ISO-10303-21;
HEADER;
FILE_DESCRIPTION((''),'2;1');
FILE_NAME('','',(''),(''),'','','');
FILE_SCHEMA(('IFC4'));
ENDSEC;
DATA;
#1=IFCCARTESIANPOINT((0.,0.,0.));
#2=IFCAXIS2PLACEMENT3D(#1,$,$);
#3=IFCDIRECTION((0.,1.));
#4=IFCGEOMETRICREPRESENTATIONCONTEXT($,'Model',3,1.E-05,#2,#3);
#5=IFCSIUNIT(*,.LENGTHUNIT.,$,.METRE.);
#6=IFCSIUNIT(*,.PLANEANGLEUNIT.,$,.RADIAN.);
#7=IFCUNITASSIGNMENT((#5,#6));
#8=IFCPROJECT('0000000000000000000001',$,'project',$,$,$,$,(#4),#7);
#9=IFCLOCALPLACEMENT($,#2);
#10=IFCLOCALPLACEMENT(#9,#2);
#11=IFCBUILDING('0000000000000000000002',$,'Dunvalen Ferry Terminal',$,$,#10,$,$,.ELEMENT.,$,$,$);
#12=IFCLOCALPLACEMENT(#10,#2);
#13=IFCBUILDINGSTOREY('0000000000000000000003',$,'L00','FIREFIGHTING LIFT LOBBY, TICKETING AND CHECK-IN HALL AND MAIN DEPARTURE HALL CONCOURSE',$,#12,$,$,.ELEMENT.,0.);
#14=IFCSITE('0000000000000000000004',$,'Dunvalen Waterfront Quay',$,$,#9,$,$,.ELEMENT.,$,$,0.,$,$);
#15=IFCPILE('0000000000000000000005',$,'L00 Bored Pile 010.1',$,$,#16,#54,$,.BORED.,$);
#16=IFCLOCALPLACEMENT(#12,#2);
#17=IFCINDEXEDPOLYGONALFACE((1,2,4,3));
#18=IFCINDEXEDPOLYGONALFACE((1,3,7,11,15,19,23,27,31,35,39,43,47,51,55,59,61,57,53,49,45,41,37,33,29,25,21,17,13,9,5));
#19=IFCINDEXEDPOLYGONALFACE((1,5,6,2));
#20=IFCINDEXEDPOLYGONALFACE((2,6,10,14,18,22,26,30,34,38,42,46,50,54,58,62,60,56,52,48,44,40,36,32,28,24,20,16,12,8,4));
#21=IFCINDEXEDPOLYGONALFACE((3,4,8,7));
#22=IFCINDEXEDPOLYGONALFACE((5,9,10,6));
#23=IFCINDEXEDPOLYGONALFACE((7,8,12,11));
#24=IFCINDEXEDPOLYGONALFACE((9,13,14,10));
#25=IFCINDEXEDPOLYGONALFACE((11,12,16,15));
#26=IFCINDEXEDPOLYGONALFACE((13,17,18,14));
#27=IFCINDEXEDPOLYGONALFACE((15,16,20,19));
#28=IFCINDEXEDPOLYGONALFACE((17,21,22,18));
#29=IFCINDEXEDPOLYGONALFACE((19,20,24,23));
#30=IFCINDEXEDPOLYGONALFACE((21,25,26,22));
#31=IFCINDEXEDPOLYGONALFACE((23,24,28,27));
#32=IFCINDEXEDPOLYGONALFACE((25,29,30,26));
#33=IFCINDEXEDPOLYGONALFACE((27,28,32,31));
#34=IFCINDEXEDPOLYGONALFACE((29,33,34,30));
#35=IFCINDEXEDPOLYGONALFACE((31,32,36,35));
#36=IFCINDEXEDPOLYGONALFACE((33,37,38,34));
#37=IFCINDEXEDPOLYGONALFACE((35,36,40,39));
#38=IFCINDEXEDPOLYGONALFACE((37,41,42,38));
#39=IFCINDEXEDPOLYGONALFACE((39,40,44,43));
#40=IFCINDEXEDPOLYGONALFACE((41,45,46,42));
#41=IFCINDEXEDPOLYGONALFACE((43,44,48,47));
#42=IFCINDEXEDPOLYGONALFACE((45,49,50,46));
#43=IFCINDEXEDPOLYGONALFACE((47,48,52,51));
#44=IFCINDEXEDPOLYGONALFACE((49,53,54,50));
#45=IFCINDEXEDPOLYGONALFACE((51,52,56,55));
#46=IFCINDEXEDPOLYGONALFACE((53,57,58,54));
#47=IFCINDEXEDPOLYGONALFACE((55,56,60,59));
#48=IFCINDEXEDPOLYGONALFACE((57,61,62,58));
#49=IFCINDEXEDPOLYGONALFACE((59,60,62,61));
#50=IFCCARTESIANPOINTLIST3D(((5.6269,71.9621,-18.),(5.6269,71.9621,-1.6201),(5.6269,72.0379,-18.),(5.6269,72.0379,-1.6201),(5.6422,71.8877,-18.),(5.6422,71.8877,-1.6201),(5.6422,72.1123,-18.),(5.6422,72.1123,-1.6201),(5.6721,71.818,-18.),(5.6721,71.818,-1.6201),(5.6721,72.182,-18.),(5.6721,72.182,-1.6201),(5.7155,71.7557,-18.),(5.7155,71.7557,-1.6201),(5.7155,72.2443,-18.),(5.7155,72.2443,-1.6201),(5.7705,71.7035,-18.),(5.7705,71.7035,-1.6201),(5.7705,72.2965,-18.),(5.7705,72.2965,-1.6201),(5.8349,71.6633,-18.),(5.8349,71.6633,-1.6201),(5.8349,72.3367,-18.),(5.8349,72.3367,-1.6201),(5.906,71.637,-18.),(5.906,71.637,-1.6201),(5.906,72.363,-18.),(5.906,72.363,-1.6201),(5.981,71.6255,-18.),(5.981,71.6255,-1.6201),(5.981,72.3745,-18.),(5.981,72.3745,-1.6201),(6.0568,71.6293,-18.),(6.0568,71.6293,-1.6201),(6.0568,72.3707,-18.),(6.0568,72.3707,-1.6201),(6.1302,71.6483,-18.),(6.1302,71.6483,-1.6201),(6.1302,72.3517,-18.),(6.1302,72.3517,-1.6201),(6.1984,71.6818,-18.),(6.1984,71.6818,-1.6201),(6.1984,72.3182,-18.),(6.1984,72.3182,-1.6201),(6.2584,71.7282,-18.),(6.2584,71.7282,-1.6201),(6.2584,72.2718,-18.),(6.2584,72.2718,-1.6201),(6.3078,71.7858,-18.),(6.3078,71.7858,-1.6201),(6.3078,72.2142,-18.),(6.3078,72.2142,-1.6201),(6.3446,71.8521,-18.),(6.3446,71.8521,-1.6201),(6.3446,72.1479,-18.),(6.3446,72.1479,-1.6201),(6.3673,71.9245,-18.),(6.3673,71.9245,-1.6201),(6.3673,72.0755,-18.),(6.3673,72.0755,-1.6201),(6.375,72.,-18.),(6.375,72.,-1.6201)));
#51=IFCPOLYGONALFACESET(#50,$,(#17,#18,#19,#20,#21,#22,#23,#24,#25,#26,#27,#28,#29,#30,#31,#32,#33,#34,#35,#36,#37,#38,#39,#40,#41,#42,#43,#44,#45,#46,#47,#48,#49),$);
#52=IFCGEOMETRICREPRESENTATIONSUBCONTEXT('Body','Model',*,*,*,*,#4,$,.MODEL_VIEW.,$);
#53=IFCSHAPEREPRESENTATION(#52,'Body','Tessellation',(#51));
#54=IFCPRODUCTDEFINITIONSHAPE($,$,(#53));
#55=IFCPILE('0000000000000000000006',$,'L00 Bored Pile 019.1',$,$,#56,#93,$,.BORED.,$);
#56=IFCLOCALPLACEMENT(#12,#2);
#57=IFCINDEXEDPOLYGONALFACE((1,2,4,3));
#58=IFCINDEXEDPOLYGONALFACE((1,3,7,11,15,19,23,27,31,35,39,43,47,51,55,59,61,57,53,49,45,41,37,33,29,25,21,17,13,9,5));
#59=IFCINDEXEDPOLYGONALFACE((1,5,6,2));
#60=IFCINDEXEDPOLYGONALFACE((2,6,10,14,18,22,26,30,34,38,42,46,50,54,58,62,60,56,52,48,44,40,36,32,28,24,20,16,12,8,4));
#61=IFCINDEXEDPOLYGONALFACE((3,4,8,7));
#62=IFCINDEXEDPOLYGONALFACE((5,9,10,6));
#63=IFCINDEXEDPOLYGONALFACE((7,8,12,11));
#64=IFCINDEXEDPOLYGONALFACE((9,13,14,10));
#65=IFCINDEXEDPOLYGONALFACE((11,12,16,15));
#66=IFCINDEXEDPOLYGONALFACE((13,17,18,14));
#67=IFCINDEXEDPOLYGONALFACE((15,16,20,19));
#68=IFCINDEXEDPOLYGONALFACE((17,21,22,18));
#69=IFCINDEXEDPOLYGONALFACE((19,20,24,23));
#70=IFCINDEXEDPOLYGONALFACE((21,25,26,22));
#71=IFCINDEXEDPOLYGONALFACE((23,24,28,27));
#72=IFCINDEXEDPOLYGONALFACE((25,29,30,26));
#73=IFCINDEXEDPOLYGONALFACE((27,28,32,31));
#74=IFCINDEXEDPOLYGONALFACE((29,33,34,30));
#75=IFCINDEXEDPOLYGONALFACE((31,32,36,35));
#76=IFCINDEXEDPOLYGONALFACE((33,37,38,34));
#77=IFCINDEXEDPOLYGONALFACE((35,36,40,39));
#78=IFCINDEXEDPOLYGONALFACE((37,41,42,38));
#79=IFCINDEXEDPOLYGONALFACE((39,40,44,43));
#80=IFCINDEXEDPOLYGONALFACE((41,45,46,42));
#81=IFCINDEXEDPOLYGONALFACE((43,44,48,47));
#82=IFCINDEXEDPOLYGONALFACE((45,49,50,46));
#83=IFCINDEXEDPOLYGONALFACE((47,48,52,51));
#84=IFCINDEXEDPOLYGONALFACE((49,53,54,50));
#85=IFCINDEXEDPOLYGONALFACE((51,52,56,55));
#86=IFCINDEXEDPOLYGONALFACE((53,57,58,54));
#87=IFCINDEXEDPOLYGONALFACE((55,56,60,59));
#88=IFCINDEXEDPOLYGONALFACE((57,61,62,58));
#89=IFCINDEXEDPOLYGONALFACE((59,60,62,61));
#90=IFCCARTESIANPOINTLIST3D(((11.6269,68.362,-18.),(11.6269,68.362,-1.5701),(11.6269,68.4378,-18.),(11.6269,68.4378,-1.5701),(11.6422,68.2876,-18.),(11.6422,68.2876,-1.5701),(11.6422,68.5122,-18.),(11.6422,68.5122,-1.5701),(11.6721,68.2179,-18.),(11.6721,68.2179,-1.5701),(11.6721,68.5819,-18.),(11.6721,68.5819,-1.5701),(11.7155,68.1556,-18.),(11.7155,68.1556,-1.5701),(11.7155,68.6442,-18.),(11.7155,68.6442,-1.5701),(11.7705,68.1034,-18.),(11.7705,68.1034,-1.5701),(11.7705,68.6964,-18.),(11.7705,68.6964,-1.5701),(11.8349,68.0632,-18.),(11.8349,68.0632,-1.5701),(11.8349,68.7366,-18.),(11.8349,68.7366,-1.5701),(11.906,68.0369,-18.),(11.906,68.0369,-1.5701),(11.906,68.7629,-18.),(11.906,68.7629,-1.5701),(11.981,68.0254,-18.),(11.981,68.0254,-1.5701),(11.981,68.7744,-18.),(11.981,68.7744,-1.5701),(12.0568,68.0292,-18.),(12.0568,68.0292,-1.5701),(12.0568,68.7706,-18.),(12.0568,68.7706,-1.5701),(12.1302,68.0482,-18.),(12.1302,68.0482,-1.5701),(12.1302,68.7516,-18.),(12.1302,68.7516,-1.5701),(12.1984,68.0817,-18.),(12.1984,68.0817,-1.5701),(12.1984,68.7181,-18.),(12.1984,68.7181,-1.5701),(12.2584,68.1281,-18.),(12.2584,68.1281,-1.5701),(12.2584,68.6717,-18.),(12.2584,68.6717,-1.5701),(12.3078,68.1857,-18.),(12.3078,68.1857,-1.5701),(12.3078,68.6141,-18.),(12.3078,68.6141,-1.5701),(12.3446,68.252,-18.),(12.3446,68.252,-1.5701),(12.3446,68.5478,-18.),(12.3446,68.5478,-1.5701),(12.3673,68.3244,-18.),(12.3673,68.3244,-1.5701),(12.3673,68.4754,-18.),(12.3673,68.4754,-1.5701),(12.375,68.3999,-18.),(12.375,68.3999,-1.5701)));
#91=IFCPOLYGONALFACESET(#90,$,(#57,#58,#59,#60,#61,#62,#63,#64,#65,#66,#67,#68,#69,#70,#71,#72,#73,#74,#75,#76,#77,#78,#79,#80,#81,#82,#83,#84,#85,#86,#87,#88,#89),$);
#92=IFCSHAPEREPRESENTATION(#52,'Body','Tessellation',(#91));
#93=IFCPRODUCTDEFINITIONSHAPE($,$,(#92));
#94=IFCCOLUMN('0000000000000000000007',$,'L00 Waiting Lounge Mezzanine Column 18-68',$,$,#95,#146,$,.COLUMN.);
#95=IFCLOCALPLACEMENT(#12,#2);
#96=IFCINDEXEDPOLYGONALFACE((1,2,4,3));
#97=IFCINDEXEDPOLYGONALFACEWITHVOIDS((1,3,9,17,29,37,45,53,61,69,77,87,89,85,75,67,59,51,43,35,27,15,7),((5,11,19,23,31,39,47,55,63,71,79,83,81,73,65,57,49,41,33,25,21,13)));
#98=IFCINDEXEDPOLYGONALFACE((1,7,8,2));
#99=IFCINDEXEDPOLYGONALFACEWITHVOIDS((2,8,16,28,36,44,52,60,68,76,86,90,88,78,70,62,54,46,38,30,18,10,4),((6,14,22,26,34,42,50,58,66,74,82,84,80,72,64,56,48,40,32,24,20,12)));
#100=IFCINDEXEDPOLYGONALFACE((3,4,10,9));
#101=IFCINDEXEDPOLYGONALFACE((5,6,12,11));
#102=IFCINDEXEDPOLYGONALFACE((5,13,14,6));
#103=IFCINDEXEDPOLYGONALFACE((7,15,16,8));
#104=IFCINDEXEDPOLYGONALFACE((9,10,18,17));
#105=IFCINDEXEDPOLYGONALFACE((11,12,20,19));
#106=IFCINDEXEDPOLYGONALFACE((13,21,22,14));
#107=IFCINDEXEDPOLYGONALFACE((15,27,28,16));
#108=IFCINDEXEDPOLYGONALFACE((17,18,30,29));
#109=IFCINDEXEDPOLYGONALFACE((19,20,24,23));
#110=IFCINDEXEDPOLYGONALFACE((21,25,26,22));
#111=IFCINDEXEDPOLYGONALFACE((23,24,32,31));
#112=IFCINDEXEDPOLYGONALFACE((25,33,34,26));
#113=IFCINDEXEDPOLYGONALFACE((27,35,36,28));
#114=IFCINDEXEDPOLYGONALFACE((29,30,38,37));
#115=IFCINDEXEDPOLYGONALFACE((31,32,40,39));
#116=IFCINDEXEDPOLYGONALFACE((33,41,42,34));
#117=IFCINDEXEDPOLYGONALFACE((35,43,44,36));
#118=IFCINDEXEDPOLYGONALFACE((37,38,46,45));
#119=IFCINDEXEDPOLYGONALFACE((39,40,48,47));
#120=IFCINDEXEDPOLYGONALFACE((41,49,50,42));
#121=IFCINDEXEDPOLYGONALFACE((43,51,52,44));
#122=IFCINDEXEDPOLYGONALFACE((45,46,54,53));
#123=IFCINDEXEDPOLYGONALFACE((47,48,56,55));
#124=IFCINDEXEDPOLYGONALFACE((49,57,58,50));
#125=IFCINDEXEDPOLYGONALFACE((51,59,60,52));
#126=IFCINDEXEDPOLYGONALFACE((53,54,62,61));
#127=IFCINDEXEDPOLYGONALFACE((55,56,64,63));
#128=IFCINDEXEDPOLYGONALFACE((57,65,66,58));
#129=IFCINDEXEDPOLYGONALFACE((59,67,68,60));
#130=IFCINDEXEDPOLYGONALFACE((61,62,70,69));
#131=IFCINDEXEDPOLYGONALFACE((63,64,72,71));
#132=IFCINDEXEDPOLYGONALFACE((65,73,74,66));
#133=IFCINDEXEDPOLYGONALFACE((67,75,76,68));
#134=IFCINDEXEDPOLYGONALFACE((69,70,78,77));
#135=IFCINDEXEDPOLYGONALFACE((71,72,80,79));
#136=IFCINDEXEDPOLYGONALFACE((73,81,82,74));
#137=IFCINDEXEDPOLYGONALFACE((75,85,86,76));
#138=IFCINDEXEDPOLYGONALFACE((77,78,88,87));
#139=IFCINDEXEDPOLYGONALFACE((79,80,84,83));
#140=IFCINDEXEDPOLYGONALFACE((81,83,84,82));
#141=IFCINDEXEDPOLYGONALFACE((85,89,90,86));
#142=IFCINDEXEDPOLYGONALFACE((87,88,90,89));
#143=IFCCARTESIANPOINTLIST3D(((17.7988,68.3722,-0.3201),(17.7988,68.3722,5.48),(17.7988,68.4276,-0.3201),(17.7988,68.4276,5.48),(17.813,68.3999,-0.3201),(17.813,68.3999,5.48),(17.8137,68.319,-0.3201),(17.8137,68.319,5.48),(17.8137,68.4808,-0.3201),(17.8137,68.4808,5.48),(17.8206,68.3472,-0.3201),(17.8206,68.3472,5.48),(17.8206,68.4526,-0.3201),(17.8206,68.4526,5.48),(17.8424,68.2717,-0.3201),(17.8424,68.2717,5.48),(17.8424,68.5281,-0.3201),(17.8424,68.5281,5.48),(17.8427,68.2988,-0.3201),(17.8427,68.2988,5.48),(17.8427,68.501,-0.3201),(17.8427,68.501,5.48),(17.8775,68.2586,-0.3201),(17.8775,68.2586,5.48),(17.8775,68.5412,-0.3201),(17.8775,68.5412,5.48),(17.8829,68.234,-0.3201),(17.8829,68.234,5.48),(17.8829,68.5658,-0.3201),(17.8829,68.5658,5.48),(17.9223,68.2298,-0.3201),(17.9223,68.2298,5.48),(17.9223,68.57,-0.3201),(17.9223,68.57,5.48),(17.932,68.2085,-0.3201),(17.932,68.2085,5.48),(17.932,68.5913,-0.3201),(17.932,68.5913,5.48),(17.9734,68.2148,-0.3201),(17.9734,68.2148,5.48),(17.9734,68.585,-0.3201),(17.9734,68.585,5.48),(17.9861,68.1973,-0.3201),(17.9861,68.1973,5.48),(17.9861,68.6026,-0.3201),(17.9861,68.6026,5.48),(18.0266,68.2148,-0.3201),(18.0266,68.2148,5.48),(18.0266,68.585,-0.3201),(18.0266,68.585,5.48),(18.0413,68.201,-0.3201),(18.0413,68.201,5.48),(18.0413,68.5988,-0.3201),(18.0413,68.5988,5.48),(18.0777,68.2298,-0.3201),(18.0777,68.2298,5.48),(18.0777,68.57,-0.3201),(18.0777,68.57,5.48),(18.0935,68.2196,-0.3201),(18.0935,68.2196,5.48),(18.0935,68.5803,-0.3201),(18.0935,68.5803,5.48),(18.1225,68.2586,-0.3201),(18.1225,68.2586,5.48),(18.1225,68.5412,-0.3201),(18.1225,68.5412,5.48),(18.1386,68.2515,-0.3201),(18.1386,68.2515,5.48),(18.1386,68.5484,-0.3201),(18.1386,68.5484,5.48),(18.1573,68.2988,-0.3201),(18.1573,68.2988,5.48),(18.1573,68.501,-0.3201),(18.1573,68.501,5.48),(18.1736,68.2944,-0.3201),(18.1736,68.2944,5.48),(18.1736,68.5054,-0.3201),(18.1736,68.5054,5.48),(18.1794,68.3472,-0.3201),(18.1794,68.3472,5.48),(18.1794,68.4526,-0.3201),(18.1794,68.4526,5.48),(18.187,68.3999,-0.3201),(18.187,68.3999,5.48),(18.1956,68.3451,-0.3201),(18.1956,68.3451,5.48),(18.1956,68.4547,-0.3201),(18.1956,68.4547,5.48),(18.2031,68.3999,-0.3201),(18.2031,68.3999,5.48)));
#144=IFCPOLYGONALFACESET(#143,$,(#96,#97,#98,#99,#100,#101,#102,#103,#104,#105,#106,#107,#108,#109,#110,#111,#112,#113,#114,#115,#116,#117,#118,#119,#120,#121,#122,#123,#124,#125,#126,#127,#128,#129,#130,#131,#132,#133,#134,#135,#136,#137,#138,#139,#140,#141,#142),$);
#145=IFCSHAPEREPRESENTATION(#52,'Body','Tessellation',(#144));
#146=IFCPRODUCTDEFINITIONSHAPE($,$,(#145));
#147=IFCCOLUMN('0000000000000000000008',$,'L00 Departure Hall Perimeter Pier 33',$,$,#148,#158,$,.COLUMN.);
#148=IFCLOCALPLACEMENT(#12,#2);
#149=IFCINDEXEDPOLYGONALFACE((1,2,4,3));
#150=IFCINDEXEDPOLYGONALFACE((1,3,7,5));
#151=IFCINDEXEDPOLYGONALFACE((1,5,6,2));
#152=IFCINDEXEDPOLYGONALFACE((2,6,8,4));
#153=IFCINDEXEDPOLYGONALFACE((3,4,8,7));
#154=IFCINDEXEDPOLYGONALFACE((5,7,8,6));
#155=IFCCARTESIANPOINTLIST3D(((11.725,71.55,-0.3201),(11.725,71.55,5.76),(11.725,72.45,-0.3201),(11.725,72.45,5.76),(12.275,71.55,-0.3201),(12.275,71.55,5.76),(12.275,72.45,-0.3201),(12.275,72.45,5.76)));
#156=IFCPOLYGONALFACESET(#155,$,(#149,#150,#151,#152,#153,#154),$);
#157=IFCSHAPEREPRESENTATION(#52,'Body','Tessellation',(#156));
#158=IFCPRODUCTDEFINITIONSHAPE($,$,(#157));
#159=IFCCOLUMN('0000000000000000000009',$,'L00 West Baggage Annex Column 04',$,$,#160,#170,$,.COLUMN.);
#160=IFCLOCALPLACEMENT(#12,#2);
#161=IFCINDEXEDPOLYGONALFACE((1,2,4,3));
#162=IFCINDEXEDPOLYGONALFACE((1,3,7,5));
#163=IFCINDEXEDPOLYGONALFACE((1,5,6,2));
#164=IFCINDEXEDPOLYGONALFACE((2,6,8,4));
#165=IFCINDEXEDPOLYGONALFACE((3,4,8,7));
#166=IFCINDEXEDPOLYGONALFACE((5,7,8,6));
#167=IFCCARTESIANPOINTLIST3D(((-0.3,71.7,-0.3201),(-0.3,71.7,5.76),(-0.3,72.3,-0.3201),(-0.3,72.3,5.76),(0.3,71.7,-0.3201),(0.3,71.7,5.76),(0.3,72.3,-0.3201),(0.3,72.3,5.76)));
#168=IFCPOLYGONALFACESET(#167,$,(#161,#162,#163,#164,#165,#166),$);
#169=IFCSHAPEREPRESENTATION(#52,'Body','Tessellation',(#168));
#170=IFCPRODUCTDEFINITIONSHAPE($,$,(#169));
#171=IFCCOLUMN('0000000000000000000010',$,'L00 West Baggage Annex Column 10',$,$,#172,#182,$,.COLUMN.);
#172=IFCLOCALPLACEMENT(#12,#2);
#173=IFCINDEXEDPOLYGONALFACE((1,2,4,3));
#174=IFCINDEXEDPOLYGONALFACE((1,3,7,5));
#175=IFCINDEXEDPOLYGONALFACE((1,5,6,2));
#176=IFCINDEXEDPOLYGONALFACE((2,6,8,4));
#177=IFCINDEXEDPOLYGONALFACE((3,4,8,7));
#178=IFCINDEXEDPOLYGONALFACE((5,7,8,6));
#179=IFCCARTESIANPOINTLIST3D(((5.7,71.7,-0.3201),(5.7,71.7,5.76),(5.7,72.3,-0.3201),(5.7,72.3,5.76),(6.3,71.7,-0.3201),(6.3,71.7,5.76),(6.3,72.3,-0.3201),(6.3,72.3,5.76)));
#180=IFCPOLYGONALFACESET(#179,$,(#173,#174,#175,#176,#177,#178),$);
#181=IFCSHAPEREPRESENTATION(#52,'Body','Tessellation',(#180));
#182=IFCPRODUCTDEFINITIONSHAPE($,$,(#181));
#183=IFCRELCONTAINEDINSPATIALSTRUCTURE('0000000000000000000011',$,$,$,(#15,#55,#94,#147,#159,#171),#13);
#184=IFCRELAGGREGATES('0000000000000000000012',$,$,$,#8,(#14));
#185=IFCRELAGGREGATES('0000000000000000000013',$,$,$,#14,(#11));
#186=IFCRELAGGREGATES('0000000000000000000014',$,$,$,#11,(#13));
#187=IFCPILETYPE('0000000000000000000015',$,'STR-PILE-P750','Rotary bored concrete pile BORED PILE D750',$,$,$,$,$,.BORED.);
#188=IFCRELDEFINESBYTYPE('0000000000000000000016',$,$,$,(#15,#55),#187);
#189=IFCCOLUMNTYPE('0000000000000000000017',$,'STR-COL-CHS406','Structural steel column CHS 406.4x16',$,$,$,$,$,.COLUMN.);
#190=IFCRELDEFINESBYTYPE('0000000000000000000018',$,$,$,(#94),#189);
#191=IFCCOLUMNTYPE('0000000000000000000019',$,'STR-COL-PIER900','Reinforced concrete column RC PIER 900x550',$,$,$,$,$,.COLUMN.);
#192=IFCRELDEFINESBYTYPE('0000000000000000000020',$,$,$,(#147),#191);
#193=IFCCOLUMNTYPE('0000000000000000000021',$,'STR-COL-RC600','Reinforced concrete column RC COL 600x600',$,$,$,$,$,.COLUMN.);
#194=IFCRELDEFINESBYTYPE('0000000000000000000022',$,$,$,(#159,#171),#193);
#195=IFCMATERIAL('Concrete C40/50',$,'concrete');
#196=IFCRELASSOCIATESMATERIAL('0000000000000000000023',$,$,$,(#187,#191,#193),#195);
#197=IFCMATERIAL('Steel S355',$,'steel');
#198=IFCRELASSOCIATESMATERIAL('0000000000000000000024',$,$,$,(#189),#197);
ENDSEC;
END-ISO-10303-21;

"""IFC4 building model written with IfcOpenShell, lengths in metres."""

from ifc_helpers import new_model, si_unit, direction, frame, origin, origin_2d, place, context, subcontext, project, spatial, rectangle, circle, hollow_circle, extrude, material, material_profile, profile_set, type_object, element, save


model = new_model("IFC4")

# Units and contexts
model_context = context("Model", 3, precision=1e-05, world=origin(), true_north=direction((0.0, 1.0)))
body_context = subcontext(model_context, "Body", "Model", "MODEL_VIEW")
ifc_project = project(units=[si_unit("LENGTHUNIT", "METRE"), si_unit("PLANEANGLEUNIT", "RADIAN")], contexts=[model_context])

# Site, building, storey
site_placement = place(None, origin())
site = spatial("IfcSite", under=ifc_project, at=site_placement, Name="Dunvalen Waterfront Quay", CompositionType="ELEMENT", RefElevation=0.0)
building_placement = place(site_placement, origin())
building = spatial("IfcBuilding", under=site, at=building_placement, Name="Dunvalen Ferry Terminal", CompositionType="ELEMENT")
storey_placement = place(building_placement, origin())
storey = spatial("IfcBuildingStorey", under=building, at=storey_placement, Name="L00", Description="FIREFIGHTING LIFT LOBBY, TICKETING AND CHECK-IN HALL AND MAIN DEPARTURE HALL CONCOURSE", CompositionType="ELEMENT", Elevation=0.0)

# Shared definitions
ifc_material_1 = material(Name="Concrete C40/50", Category="concrete")

# Piles
ifc_material_profile_1 = material_profile(ifc_material_1, circle(Radius=0.375, at=origin_2d()), Name="Concrete C40/50")
ifc_profile_set_1 = profile_set([ifc_material_profile_1], Name="Concrete C40/50")
pile_type_1 = type_object("IfcPileType", Name="STR-PILE-P750", Description="Rotary bored concrete pile BORED PILE D750", PredefinedType="BORED", material=ifc_profile_set_1)
pile_1_placement = place(storey_placement, frame((6.0, 72.0, -1.6201), z_axis=(0.0, 0.0, -1.0), x_axis=(1.0, 0.0, 0.0)))
element("IfcPile", 1, at=pile_1_placement, inside=storey, type_object=pile_type_1, Name="L00 Bored Pile 010.1", PredefinedType="BORED", context=body_context, shape_type="SweptSolid", body=[
    extrude(circle(Radius=0.375, at=origin_2d()), origin(), (0.0, 0.0, 1.0), 16.3799),
])
pile_2_placement = place(storey_placement, frame((12.0, 68.3999, -1.5701), z_axis=(0.0, 0.0, -1.0), x_axis=(1.0, 0.0, 0.0)))
element("IfcPile", 2, at=pile_2_placement, inside=storey, type_object=pile_type_1, Name="L00 Bored Pile 019.1", PredefinedType="BORED", context=body_context, shape_type="SweptSolid", body=[
    extrude(circle(Radius=0.375, at=origin_2d()), origin(), (0.0, 0.0, 1.0), 16.4299),
])

# Columns
ifc_material_2 = material(Name="Steel S355", Category="steel")
ifc_material_profile_2 = material_profile(ifc_material_2, hollow_circle(Radius=0.2031, WallThickness=0.0161, at=origin_2d()), Name="Steel S355")
ifc_profile_set_2 = profile_set([ifc_material_profile_2], Name="Steel S355")
column_type_1 = type_object("IfcColumnType", Name="STR-COL-CHS406", Description="Structural steel column CHS 406.4x16", PredefinedType="COLUMN", material=ifc_profile_set_2)
column_1_placement = place(storey_placement, frame((18.0, 68.3999, -0.3201), z_axis=(0.0, 0.0, 1.0), x_axis=(1.0, 0.0, 0.0)))
element("IfcColumn", 3, at=column_1_placement, inside=storey, type_object=column_type_1, Name="L00 Waiting Lounge Mezzanine Column 18-68", PredefinedType="COLUMN", context=body_context, shape_type="SweptSolid", body=[
    extrude(hollow_circle(Radius=0.2031, WallThickness=0.0161, at=origin_2d()), origin(), (0.0, 0.0, 1.0), 5.8),
])
ifc_material_profile_3 = material_profile(ifc_material_1, rectangle(XDim=0.55, YDim=0.8999, at=origin_2d()), Name="Concrete C40/50")
ifc_profile_set_3 = profile_set([ifc_material_profile_3], Name="Concrete C40/50")
column_type_2 = type_object("IfcColumnType", Name="STR-COL-PIER900", Description="Reinforced concrete column RC PIER 900x550", PredefinedType="COLUMN", material=ifc_profile_set_3)
column_2_placement = place(storey_placement, frame((12.0, 72.0, -0.3201), z_axis=(0.0, 0.0, 1.0), x_axis=(1.0, 0.0, 0.0)))
element("IfcColumn", 4, at=column_2_placement, inside=storey, type_object=column_type_2, Name="L00 Departure Hall Perimeter Pier 33", PredefinedType="COLUMN", context=body_context, shape_type="SweptSolid", body=[
    extrude(rectangle(XDim=0.55, YDim=0.8999, at=origin_2d()), origin(), (0.0, 0.0, 1.0), 6.0801),
])
ifc_material_profile_4 = material_profile(ifc_material_1, rectangle(XDim=0.6001, YDim=0.6001, at=origin_2d()), Name="Concrete C40/50")
ifc_profile_set_4 = profile_set([ifc_material_profile_4], Name="Concrete C40/50")
column_type_3 = type_object("IfcColumnType", Name="STR-COL-RC600", Description="Reinforced concrete column RC COL 600x600", PredefinedType="COLUMN", material=ifc_profile_set_4)
for number, where, z_axis, x_axis, name in (
    (5, (0.0, 72.0, -0.3201), (0.0, 0.0, 1.0), (1.0, 0.0, 0.0), "L00 West Baggage Annex Column 04"),
    (6, (6.0, 72.0, -0.3201), (0.0, 0.0, 1.0), (1.0, 0.0, 0.0), "L00 West Baggage Annex Column 10"),
):
    element("IfcColumn", number, at=place(storey_placement, frame(where, z_axis=z_axis, x_axis=x_axis)), inside=storey, type_object=column_type_3, Name=name, PredefinedType="COLUMN", context=body_context, shape_type="SweptSolid", body=[
        extrude(rectangle(XDim=0.6001, YDim=0.6001, at=origin_2d()), origin(), (0.0, 0.0, 1.0), 6.0801),
    ])

save(model, "model.ifc")
